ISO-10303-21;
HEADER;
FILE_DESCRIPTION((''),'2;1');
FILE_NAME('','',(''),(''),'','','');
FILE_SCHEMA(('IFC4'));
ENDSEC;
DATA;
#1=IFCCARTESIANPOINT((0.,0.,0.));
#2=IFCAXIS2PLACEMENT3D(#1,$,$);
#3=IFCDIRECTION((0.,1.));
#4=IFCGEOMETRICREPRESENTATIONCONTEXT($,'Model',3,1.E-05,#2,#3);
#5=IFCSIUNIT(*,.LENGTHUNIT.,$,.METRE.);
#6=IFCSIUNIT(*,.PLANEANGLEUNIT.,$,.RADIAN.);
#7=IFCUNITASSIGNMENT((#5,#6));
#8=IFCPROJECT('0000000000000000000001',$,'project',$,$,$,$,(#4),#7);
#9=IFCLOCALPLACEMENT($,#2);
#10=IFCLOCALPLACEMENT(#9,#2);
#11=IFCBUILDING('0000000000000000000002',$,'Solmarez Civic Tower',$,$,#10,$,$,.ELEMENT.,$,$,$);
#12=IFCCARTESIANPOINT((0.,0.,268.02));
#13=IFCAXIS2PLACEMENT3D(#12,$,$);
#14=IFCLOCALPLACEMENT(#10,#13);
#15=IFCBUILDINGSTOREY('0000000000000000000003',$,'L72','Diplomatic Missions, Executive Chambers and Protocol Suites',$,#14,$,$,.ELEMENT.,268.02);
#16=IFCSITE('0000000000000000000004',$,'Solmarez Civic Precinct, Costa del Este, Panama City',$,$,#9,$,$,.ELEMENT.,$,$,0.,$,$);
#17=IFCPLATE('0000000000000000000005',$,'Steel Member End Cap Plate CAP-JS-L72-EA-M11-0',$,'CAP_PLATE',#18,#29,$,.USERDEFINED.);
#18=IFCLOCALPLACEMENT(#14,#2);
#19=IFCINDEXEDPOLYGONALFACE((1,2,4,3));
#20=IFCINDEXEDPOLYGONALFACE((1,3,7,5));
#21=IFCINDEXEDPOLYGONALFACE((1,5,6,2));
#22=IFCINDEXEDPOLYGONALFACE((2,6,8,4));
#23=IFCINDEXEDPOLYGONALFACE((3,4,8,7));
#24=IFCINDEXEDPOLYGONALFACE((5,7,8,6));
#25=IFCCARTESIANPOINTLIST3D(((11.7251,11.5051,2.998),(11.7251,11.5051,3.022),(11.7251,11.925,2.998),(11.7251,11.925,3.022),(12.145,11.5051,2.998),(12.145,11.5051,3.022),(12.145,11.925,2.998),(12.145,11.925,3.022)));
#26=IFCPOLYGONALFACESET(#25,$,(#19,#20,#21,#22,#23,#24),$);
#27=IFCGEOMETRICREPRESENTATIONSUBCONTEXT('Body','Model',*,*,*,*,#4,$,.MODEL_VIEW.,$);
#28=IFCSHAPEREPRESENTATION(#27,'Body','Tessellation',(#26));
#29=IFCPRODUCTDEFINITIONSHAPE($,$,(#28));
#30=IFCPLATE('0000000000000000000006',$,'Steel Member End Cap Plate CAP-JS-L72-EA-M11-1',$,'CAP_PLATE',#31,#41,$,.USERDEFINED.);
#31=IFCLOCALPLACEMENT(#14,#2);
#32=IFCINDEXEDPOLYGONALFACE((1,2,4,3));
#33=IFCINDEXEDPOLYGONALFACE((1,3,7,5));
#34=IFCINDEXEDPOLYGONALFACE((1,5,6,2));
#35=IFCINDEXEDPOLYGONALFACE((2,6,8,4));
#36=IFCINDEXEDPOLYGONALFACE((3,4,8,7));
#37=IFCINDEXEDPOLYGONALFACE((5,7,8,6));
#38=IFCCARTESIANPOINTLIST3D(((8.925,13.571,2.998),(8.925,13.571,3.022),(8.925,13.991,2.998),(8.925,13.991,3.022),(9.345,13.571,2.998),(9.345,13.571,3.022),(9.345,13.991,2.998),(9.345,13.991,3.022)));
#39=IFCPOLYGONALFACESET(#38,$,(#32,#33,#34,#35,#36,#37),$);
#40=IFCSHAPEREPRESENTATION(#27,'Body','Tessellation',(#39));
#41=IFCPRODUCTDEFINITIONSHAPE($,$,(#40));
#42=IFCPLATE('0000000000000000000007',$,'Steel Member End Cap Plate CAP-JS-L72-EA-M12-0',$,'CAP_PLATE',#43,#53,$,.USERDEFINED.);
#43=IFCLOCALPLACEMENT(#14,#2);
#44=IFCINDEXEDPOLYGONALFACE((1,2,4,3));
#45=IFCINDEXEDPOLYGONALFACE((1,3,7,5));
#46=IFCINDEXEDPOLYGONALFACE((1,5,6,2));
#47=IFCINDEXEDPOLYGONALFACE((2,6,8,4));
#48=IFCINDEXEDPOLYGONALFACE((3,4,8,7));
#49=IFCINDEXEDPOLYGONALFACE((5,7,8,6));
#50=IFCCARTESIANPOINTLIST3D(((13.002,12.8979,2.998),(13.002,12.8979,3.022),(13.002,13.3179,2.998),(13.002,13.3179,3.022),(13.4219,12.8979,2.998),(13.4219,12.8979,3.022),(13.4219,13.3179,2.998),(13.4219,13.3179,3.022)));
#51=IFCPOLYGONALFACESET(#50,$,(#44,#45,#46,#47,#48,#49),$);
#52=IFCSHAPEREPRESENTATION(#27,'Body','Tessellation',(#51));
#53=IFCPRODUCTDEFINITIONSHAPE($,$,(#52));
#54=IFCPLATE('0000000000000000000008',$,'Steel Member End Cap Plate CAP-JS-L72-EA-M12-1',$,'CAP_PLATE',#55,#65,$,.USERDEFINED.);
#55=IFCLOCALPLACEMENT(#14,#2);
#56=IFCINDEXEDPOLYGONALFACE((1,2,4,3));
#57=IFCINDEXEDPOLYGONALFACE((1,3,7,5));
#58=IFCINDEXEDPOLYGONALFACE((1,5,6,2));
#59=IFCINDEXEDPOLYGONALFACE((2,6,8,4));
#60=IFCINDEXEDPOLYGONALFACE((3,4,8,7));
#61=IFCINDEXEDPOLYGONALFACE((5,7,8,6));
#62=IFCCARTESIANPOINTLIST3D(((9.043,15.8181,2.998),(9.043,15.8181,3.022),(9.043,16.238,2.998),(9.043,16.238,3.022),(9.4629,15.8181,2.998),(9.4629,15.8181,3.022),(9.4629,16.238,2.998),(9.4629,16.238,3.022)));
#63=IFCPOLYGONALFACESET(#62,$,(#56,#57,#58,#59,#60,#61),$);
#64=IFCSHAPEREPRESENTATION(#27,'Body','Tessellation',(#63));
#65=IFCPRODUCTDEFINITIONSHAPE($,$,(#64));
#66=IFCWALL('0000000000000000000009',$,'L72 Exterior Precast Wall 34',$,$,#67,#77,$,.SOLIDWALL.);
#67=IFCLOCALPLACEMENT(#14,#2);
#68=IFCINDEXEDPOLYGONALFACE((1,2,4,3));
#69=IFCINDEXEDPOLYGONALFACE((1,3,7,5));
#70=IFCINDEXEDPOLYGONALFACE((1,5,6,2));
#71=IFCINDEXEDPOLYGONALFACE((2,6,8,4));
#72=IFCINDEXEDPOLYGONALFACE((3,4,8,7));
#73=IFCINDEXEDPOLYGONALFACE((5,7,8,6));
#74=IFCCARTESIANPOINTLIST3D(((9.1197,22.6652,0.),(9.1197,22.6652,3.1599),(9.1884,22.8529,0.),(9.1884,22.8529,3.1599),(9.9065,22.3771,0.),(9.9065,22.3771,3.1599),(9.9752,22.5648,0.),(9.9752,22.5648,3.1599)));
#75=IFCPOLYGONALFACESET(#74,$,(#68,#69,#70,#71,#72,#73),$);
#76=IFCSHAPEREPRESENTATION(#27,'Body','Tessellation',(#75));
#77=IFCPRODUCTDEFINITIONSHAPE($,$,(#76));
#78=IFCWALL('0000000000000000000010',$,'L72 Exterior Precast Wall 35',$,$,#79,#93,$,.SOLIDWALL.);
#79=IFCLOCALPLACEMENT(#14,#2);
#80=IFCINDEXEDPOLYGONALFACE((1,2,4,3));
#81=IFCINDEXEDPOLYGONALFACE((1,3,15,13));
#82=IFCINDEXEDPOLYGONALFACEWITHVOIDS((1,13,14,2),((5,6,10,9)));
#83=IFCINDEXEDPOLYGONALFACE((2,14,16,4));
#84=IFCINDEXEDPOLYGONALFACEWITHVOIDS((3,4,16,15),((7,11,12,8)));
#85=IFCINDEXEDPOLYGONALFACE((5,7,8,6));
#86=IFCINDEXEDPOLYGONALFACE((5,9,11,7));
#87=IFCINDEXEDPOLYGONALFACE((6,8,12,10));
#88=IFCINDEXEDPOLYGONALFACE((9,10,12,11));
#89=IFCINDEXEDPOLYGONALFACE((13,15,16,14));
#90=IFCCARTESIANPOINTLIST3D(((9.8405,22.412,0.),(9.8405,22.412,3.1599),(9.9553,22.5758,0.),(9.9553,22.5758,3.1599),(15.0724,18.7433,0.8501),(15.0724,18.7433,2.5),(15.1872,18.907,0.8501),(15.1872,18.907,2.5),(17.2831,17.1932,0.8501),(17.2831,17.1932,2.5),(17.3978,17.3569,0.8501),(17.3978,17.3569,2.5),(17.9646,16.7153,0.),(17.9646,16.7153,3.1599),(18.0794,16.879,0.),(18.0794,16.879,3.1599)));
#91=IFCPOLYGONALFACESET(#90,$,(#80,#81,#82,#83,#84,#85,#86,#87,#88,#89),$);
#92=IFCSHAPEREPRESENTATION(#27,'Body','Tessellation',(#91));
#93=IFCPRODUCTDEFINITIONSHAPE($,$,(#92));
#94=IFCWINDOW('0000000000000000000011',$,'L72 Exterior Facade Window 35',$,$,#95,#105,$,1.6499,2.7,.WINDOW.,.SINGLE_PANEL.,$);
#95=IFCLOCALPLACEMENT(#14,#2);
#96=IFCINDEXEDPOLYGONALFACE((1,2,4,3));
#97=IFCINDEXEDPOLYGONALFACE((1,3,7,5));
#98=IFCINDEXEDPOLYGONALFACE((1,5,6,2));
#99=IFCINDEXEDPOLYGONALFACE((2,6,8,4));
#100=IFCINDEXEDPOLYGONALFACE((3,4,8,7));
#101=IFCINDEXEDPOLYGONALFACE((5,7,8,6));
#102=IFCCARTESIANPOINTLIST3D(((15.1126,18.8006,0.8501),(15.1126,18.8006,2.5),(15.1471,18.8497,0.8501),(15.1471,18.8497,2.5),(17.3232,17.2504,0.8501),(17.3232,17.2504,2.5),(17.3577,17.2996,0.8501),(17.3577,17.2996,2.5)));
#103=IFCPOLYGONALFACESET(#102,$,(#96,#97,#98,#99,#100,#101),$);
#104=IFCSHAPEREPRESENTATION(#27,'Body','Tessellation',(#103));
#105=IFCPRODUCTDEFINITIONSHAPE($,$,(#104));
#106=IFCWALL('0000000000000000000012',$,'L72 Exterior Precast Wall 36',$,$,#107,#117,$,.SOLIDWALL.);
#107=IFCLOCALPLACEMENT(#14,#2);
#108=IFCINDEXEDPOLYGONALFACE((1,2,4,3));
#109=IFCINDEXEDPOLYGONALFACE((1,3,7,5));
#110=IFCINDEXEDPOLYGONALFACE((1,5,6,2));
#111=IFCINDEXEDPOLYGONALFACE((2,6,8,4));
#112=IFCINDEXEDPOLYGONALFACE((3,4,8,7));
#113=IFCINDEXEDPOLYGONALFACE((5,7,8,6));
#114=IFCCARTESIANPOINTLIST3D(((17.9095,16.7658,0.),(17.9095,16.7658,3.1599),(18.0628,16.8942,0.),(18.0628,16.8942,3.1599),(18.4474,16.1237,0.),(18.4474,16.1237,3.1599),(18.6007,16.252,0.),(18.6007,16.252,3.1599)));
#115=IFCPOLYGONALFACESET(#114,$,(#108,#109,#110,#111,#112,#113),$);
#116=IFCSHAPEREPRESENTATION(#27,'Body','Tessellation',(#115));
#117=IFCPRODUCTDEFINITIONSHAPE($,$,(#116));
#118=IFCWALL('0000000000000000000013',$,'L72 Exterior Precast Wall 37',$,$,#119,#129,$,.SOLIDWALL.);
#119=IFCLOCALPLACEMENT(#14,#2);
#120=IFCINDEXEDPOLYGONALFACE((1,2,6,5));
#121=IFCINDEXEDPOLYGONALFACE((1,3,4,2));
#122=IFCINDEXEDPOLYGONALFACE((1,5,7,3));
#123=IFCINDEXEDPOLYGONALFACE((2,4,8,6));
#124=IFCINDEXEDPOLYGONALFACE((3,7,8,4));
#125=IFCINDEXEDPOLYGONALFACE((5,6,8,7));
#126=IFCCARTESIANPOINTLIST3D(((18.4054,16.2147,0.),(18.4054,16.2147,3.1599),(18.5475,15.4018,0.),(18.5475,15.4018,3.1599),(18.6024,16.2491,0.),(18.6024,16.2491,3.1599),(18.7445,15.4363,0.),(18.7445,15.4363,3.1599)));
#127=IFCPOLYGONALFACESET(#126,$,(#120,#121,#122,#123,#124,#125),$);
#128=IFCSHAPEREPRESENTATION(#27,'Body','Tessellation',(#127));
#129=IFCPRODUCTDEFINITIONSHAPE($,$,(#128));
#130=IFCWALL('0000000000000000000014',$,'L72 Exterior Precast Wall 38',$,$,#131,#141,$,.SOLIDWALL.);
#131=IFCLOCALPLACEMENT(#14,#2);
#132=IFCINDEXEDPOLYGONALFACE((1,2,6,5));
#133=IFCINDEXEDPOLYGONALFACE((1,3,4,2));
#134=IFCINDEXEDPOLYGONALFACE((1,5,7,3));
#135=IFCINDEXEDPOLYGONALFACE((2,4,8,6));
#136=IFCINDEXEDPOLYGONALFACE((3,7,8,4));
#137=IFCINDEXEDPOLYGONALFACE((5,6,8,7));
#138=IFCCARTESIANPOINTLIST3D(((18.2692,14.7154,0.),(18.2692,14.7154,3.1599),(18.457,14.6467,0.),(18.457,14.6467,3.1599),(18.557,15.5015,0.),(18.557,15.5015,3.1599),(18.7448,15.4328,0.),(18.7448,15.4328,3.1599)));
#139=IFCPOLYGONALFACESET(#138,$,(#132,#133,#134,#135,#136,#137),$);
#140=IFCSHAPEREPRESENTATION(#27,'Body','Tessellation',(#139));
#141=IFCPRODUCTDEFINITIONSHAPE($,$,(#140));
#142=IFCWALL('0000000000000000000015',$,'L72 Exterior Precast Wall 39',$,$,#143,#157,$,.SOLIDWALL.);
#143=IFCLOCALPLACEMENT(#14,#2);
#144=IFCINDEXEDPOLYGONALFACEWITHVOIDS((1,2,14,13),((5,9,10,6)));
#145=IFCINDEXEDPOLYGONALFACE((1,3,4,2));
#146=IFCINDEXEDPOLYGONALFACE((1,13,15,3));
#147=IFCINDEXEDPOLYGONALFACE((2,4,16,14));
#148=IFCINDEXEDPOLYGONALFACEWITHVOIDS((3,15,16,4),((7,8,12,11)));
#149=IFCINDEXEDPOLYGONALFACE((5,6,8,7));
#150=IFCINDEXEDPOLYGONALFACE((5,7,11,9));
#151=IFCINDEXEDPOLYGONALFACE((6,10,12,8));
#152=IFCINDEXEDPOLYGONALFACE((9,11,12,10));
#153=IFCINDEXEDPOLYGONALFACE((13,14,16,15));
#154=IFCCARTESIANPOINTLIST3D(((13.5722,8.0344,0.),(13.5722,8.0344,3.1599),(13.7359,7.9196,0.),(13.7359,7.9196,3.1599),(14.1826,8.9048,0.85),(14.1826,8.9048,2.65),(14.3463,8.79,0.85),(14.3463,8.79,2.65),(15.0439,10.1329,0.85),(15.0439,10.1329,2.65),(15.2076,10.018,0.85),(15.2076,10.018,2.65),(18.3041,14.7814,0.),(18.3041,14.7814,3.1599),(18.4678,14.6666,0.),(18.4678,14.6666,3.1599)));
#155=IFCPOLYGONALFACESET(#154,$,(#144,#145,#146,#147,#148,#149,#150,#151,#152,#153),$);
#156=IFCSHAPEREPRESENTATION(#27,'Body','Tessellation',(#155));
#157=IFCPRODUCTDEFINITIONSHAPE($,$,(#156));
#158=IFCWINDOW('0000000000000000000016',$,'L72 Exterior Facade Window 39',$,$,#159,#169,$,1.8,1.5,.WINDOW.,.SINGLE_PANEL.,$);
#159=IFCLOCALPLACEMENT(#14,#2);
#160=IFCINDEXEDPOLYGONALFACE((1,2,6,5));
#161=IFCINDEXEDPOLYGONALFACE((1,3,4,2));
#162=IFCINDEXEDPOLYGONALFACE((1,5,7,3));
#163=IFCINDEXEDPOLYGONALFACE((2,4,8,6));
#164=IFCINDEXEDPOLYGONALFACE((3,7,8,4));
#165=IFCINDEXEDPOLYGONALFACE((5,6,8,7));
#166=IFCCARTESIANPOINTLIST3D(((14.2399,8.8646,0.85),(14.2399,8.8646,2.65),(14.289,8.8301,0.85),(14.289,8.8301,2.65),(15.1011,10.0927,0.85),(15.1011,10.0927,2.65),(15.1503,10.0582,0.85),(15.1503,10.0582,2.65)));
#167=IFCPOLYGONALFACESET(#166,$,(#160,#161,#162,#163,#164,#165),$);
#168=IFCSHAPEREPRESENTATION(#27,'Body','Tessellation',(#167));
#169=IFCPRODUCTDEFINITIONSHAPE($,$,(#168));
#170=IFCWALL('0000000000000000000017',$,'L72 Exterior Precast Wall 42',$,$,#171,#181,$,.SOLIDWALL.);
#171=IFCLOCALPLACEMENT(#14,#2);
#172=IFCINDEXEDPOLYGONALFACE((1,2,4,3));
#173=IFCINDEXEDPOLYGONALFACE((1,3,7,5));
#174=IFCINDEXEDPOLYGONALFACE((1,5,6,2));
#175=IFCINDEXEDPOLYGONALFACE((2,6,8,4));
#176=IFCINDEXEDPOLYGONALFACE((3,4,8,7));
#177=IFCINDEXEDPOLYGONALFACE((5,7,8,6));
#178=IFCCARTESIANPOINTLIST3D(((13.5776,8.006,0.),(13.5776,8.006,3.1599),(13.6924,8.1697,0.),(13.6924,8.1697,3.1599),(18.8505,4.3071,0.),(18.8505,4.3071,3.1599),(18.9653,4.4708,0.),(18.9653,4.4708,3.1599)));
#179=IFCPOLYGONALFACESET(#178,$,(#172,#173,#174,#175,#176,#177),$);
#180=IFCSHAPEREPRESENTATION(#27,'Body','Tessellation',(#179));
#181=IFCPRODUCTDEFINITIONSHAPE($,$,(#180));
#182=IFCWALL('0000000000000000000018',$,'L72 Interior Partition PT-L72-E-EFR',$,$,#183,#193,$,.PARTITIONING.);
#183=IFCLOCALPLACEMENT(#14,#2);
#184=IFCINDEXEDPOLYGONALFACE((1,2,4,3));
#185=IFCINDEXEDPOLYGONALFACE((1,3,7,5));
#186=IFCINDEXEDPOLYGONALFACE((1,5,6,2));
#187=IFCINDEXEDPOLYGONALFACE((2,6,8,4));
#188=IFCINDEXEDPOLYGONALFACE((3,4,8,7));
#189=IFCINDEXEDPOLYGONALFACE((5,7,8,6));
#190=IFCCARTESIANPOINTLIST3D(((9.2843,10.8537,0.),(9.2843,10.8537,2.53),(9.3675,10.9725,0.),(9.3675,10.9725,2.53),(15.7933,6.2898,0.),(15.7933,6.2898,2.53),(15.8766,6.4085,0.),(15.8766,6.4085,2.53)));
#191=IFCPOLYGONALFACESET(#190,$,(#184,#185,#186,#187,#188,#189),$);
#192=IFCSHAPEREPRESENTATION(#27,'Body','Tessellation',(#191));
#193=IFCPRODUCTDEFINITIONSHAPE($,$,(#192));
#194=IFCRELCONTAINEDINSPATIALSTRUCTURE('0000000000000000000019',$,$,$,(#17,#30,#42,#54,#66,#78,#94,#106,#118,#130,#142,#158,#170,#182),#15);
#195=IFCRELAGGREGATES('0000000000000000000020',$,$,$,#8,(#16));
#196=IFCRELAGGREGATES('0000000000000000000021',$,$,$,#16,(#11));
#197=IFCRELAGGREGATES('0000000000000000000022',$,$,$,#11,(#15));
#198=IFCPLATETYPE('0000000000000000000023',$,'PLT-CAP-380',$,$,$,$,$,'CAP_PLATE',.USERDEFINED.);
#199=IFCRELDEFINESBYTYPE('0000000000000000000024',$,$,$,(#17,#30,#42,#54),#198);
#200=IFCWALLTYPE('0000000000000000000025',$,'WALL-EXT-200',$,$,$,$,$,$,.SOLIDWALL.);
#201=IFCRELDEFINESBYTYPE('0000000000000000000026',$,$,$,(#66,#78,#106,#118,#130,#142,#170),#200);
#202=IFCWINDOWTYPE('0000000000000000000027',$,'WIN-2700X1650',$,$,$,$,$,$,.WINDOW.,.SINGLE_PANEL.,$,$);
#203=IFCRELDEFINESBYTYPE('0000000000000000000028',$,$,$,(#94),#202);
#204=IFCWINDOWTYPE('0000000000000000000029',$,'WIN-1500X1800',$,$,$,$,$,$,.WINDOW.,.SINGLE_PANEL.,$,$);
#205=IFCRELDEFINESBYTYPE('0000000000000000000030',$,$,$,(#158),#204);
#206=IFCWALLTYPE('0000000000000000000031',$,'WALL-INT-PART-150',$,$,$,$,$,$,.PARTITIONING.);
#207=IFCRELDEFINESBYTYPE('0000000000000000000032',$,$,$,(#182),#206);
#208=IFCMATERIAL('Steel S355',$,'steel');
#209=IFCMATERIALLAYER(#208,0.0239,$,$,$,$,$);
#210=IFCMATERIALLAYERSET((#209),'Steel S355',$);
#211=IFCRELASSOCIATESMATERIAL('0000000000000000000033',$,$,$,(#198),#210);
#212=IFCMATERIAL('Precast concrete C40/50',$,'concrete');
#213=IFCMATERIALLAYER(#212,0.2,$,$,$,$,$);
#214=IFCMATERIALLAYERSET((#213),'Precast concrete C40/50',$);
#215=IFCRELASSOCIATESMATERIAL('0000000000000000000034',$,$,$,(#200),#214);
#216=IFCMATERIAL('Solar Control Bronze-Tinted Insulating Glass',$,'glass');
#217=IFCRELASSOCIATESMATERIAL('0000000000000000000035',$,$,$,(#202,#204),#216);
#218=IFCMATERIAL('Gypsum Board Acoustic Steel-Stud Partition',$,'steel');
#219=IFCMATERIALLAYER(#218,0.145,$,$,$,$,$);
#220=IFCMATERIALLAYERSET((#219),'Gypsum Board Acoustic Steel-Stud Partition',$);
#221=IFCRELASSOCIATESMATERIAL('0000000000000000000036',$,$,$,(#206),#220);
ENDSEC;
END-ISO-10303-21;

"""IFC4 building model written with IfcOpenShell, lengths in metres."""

from ifc_helpers import new_model, si_unit, direction, frame, frame_2d, origin, origin_2d, place, context, subcontext, project, spatial, rectangle, extrude, material, layer, layer_set, type_object, element, fill, save


model = new_model("IFC4")

# Units and contexts
model_context = context("Model", 3, precision=1e-05, world=origin(), true_north=direction((0.0, 1.0)))
body_context = subcontext(model_context, "Body", "Model", "MODEL_VIEW")
ifc_project = project(units=[si_unit("LENGTHUNIT", "METRE"), si_unit("PLANEANGLEUNIT", "RADIAN")], contexts=[model_context])

# Site, building, storey
site_placement = place(None, origin())
site = spatial("IfcSite", under=ifc_project, at=site_placement, Name="Solmarez Civic Precinct, Costa del Este, Panama City", CompositionType="ELEMENT", RefElevation=0.0)
building_placement = place(site_placement, origin())
building = spatial("IfcBuilding", under=site, at=building_placement, Name="Solmarez Civic Tower", CompositionType="ELEMENT")
storey_placement = place(building_placement, frame((0.0, 0.0, 268.02)))
storey = spatial("IfcBuildingStorey", under=building, at=storey_placement, Name="L72", Description="Diplomatic Missions, Executive Chambers and Protocol Suites", CompositionType="ELEMENT", Elevation=268.02)

# Shared definitions
ifc_material_1 = material(Name="Steel S355", Category="steel")

# Plates
ifc_layer_1 = layer(ifc_material_1, 0.0239)
ifc_layer_set_1 = layer_set([ifc_layer_1], Name="Steel S355")
plate_type = type_object("IfcPlateType", Name="PLT-CAP-380", ElementType="CAP_PLATE", PredefinedType="USERDEFINED", material=ifc_layer_set_1)
for number, where, z_axis, x_axis, name in (
    (1, (11.9351, 11.7151, 2.998), (0.0, 0.0, 1.0), (1.0, 0.0, 0.0), "Steel Member End Cap Plate CAP-JS-L72-EA-M11-0"),
    (2, (9.135, 13.781, 2.998), (0.0, 0.0, 1.0), (1.0, 0.0, 0.0), "Steel Member End Cap Plate CAP-JS-L72-EA-M11-1"),
    (3, (13.2119, 13.1079, 2.998), (0.0, 0.0, 1.0), (1.0, 0.0, 0.0), "Steel Member End Cap Plate CAP-JS-L72-EA-M12-0"),
    (4, (9.2529, 16.0281, 2.998), (0.0, 0.0, 1.0), (1.0, 0.0, 0.0), "Steel Member End Cap Plate CAP-JS-L72-EA-M12-1"),
):
    element("IfcPlate", number, at=place(storey_placement, frame(where, z_axis=z_axis, x_axis=x_axis)), inside=storey, type_object=plate_type, Name=name, ObjectType="CAP_PLATE", PredefinedType="USERDEFINED", context=body_context, shape_type="SweptSolid", body=[
        extrude(rectangle(XDim=0.4199, YDim=0.4199, at=origin_2d()), origin(), (0.0, 0.0, 1.0), 0.0239),
    ])

# Wall
ifc_material_2 = material(Name="Precast concrete C40/50", Category="concrete")
ifc_layer_2 = layer(ifc_material_2, 0.2)
ifc_layer_set_2 = layer_set([ifc_layer_2], Name="Precast concrete C40/50")
wall_type_1 = type_object("IfcWallType", Name="WALL-EXT-200", PredefinedType="SOLIDWALL", material=ifc_layer_set_2)
wall_1_placement = place(storey_placement, frame((9.1541, 22.759, 0.0), z_axis=(0.0, 0.0, 1.0), x_axis=(0.939043, -0.343801, 0.0)))
element("IfcWall", 5, at=wall_1_placement, inside=storey, type_object=wall_type_1, Name="L72 Exterior Precast Wall 34", PredefinedType="SOLIDWALL", context=body_context, shape_type="SweptSolid", body=[
    extrude(rectangle(XDim=0.8379, YDim=0.2, at=frame_2d((0.4189, 0.0))), origin(), (0.0, 0.0, 1.0), 3.1599),
])

# Wall, opening, window
wall_2_placement = place(storey_placement, frame((9.8979, 22.4939, 0.0), z_axis=(0.0, 0.0, 1.0), x_axis=(0.81876, -0.574136, 0.0)))
wall_2 = element("IfcWall", 6, at=wall_2_placement, inside=storey, type_object=wall_type_1, Name="L72 Exterior Precast Wall 35", PredefinedType="SOLIDWALL", context=body_context, shape_type="SweptSolid", body=[
    extrude(rectangle(XDim=9.9224, YDim=0.2, at=frame_2d((4.9612, 0.0))), origin(), (0.0, 0.0, 1.0), 3.1599),
])
opening_1_placement = place(wall_2_placement, frame((6.3899, 0.0, 0.8501)))
opening_1 = element("IfcOpeningElement", 7, at=opening_1_placement, cuts=wall_2, PredefinedType="OPENING", context=body_context, shape_type="SweptSolid", body=[
    extrude(rectangle(XDim=2.7, YDim=1.6499, at=frame_2d((1.3501, 0.825))), frame((0.0, 0.1099, 0.0), z_axis=(0.0, -1.0, 0.0), x_axis=(1.0, 0.0, 0.0)), (0.0, 0.0, 1.0), 0.22),
])
ifc_material_3 = material(Name="Solar Control Bronze-Tinted Insulating Glass", Category="glass")
window_type_1 = type_object("IfcWindowType", Name="WIN-2700X1650", PartitioningType="SINGLE_PANEL", PredefinedType="WINDOW", material=ifc_material_3)
window_1_placement = place(opening_1_placement, origin())
window_1 = element("IfcWindow", 8, at=window_1_placement, inside=storey, type_object=window_type_1, Name="L72 Exterior Facade Window 35", OverallHeight=1.6499, OverallWidth=2.7, PartitioningType="SINGLE_PANEL", PredefinedType="WINDOW", context=body_context, shape_type="SweptSolid", body=[
    extrude(rectangle(XDim=2.7, YDim=1.6499, at=frame_2d((1.3501, 0.825))), frame((0.0, 0.03, 0.0), z_axis=(0.0, -1.0, 0.0), x_axis=(1.0, 0.0, 0.0)), (0.0, 0.0, 1.0), 0.0601),
])
fill(opening_1, window_1)

# Walls
wall_3_placement = place(storey_placement, frame((17.9861, 16.8301, 0.0), z_axis=(0.0, 0.0, 1.0), x_axis=(0.642132, -0.766594, 0.0)))
element("IfcWall", 9, at=wall_3_placement, inside=storey, type_object=wall_type_1, Name="L72 Exterior Precast Wall 36", PredefinedType="SOLIDWALL", context=body_context, shape_type="SweptSolid", body=[
    extrude(rectangle(XDim=0.8376, YDim=0.2, at=frame_2d((0.4189, 0.0))), origin(), (0.0, 0.0, 1.0), 3.1599),
])
wall_4_placement = place(storey_placement, frame((18.5039, 16.2319, 0.0), z_axis=(0.0, 0.0, 1.0), x_axis=(0.172165, -0.985068, 0.0)))
element("IfcWall", 10, at=wall_4_placement, inside=storey, type_object=wall_type_1, Name="L72 Exterior Precast Wall 37", PredefinedType="SOLIDWALL", context=body_context, shape_type="SweptSolid", body=[
    extrude(rectangle(XDim=0.8252, YDim=0.2, at=frame_2d((0.4126, 0.0))), origin(), (0.0, 0.0, 1.0), 3.1599),
])
wall_5_placement = place(storey_placement, frame((18.6509, 15.467, 0.0), z_axis=(0.0, 0.0, 1.0), x_axis=(-0.343826, -0.939033, 0.0)))
element("IfcWall", 11, at=wall_5_placement, inside=storey, type_object=wall_type_1, Name="L72 Exterior Precast Wall 38", PredefinedType="SOLIDWALL", context=body_context, shape_type="SweptSolid", body=[
    extrude(rectangle(XDim=0.8372, YDim=0.2, at=frame_2d((0.4185, 0.0))), origin(), (0.0, 0.0, 1.0), 3.1599),
])

# Wall, opening, window
wall_6_placement = place(storey_placement, frame((18.386, 14.7241, 0.0), z_axis=(0.0, 0.0, 1.0), x_axis=(-0.574194, -0.818719, 0.0)))
wall_6 = element("IfcWall", 12, at=wall_6_placement, inside=storey, type_object=wall_type_1, Name="L72 Exterior Precast Wall 39", PredefinedType="SOLIDWALL", context=body_context, shape_type="SweptSolid", body=[
    extrude(rectangle(XDim=8.241, YDim=0.2, at=frame_2d((4.1206, 0.0))), origin(), (0.0, 0.0, 1.0), 3.1599),
])
opening_2_placement = place(wall_6_placement, frame((5.678, 0.0, 0.8501)))
opening_2 = element("IfcOpeningElement", 13, at=opening_2_placement, cuts=wall_6, PredefinedType="OPENING", context=body_context, shape_type="SweptSolid", body=[
    extrude(rectangle(XDim=1.5, YDim=1.8, at=frame_2d((0.75, 0.8999))), frame((0.0, 0.1099, 0.0), z_axis=(0.0, -1.0, 0.0), x_axis=(1.0, 0.0, 0.0)), (0.0, 0.0, 1.0), 0.22),
])
window_type_2 = type_object("IfcWindowType", Name="WIN-1500X1800", PartitioningType="SINGLE_PANEL", PredefinedType="WINDOW", material=ifc_material_3)
window_2_placement = place(opening_2_placement, origin())
window_2 = element("IfcWindow", 14, at=window_2_placement, inside=storey, type_object=window_type_2, Name="L72 Exterior Facade Window 39", OverallHeight=1.8, OverallWidth=1.5, PartitioningType="SINGLE_PANEL", PredefinedType="WINDOW", context=body_context, shape_type="SweptSolid", body=[
    extrude(rectangle(XDim=1.5, YDim=1.8, at=frame_2d((0.75, 0.8999))), frame((0.0, 0.03, 0.0), z_axis=(0.0, -1.0, 0.0), x_axis=(1.0, 0.0, 0.0)), (0.0, 0.0, 1.0), 0.0601),
])
fill(opening_2, window_2)

# Walls
wall_7_placement = place(storey_placement, frame((13.635, 8.0879, 0.0), z_axis=(0.0, 0.0, 1.0), x_axis=(0.818655, -0.574286, 0.0)))
element("IfcWall", 15, at=wall_7_placement, inside=storey, type_object=wall_type_1, Name="L72 Exterior Precast Wall 42", PredefinedType="SOLIDWALL", context=body_context, shape_type="SweptSolid", body=[
    extrude(rectangle(XDim=6.4409, YDim=0.2, at=frame_2d((3.2205, 0.0))), origin(), (0.0, 0.0, 1.0), 3.1599),
])
ifc_material_4 = material(Name="Gypsum Board Acoustic Steel-Stud Partition", Category="steel")
ifc_layer_3 = layer(ifc_material_4, 0.145)
ifc_layer_set_3 = layer_set([ifc_layer_3], Name="Gypsum Board Acoustic Steel-Stud Partition")
wall_type_2 = type_object("IfcWallType", Name="WALL-INT-PART-150", PredefinedType="PARTITIONING", material=ifc_layer_set_3)
wall_8_placement = place(storey_placement, frame((15.835, 6.3491, 0.0), z_axis=(0.0, 0.0, 1.0), x_axis=(-0.81878, 0.574107, 0.0)))
element("IfcWall", 16, at=wall_8_placement, inside=storey, type_object=wall_type_2, Name="L72 Interior Partition PT-L72-E-EFR", PredefinedType="PARTITIONING", context=body_context, shape_type="SweptSolid", body=[
    extrude(rectangle(XDim=7.9497, YDim=0.145, at=frame_2d((3.9749, 0.0))), origin(), (0.0, 0.0, 1.0), 2.53),
])

save(model, "model.ifc")
